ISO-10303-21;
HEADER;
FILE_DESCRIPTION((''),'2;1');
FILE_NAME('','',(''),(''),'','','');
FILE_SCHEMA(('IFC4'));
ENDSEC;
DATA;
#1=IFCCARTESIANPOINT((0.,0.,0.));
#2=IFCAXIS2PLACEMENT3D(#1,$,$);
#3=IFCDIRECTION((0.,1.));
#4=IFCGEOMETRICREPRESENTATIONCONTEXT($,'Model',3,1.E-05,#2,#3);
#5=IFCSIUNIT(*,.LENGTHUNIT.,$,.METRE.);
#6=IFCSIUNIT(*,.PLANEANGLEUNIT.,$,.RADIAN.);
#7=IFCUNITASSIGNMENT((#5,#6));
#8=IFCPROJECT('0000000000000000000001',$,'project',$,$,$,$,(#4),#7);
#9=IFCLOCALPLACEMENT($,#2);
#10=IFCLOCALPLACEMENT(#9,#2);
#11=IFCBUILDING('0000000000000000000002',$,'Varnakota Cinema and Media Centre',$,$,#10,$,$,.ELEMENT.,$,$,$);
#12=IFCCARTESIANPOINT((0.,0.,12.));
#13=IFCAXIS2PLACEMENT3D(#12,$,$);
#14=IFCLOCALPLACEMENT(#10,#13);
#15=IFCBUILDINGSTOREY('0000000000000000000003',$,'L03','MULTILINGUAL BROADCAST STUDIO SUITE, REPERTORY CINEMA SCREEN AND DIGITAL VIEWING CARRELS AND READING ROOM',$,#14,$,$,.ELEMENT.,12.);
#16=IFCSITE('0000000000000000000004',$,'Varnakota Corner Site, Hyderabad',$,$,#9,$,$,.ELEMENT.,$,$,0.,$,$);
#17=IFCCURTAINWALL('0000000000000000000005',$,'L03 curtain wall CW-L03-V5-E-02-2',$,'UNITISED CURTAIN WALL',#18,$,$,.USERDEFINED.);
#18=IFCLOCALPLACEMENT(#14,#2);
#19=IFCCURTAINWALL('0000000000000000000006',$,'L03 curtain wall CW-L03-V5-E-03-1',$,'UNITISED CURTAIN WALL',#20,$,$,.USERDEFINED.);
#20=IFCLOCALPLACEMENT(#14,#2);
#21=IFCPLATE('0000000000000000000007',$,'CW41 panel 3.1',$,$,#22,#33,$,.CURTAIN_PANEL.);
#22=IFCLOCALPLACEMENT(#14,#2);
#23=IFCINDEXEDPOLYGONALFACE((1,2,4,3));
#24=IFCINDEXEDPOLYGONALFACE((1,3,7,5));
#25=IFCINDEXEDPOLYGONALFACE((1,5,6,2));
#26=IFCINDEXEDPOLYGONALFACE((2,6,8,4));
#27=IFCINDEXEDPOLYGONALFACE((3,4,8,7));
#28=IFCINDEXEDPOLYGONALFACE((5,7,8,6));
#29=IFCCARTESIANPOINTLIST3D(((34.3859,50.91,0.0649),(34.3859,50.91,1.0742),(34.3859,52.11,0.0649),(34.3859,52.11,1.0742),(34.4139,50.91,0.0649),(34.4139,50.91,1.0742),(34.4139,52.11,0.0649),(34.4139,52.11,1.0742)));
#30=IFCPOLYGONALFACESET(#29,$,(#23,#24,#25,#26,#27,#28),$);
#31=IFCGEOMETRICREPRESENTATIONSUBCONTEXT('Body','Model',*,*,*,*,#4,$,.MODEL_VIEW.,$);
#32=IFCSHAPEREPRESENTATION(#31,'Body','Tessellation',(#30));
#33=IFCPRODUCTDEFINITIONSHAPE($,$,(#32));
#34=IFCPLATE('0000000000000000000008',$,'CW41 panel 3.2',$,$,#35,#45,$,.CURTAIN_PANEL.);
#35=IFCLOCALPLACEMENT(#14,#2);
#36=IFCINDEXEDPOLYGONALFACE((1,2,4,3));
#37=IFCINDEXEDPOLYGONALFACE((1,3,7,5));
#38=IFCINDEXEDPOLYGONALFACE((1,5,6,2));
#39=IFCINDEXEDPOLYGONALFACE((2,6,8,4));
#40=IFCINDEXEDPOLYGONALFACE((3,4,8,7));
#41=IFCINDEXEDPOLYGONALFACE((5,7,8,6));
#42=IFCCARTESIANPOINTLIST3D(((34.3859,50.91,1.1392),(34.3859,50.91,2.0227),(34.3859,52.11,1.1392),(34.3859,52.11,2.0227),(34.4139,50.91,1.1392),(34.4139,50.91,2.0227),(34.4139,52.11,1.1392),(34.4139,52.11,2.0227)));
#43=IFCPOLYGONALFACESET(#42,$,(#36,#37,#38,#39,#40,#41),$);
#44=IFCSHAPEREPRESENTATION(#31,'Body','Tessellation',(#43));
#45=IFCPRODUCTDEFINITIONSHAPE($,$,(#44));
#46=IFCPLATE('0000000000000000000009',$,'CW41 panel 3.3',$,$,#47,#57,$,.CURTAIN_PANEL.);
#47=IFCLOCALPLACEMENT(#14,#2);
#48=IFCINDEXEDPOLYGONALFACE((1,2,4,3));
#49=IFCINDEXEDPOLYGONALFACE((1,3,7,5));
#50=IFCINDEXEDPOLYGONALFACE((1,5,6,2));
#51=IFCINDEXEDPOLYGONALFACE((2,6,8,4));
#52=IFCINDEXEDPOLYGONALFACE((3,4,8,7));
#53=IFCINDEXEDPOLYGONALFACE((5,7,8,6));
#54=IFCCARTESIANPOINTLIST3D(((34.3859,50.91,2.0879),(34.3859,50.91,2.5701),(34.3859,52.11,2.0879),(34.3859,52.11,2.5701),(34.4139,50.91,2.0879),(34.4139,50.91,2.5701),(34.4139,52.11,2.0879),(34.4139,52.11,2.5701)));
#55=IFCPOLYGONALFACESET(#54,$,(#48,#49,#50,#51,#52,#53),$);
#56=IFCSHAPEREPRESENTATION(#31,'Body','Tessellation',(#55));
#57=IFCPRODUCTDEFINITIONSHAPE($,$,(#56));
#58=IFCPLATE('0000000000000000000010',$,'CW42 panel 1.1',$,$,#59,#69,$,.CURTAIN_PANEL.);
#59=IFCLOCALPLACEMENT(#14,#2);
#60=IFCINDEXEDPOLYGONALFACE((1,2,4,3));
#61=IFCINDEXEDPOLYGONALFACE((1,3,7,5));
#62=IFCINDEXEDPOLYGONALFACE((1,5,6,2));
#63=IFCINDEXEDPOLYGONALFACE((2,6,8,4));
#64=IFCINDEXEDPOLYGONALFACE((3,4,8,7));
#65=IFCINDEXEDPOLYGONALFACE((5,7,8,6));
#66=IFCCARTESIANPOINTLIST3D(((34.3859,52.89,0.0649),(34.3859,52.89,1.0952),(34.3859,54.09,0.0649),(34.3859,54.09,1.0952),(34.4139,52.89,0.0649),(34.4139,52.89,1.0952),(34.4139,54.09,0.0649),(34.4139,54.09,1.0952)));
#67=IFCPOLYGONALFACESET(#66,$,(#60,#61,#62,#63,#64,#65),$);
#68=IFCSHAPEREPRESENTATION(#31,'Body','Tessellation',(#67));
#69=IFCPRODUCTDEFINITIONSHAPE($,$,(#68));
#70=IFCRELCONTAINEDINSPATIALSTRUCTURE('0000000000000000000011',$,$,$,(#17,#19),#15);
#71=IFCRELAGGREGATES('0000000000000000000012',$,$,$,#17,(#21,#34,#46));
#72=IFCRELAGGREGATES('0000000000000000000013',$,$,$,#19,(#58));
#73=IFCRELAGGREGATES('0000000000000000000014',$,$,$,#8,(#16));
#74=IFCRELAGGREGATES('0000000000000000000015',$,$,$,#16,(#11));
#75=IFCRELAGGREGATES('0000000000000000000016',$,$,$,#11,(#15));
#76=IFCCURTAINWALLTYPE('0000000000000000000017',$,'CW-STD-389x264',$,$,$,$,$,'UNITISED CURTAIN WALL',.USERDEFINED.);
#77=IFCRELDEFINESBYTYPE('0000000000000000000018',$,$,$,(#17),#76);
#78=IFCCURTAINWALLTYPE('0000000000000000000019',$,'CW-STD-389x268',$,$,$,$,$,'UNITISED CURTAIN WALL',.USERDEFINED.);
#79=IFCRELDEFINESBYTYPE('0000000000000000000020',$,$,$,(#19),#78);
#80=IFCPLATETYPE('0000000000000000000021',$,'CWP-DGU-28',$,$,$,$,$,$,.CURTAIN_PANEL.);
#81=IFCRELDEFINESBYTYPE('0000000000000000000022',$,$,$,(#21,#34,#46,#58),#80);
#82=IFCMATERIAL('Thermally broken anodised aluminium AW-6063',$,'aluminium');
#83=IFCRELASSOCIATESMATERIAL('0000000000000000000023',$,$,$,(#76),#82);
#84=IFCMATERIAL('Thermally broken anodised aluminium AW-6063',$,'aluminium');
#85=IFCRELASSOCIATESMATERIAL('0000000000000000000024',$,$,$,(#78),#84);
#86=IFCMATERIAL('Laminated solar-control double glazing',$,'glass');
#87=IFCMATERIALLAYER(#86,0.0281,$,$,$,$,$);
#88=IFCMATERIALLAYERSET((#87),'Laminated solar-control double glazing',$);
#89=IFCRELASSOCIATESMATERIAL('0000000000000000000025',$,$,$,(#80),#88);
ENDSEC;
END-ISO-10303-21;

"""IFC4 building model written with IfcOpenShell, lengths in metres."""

from ifc_helpers import new_model, si_unit, direction, frame, origin, origin_2d, place, context, subcontext, project, spatial, rectangle, extrude, material, layer, layer_set, type_object, element, aggregate, save


model = new_model("IFC4")

# Units and contexts
model_context = context("Model", 3, precision=1e-05, world=origin(), true_north=direction((0.0, 1.0)))
body_context = subcontext(model_context, "Body", "Model", "MODEL_VIEW")
ifc_project = project(units=[si_unit("LENGTHUNIT", "METRE"), si_unit("PLANEANGLEUNIT", "RADIAN")], contexts=[model_context])

# Site, building, storey
site_placement = place(None, origin())
site = spatial("IfcSite", under=ifc_project, at=site_placement, Name="Varnakota Corner Site, Hyderabad", CompositionType="ELEMENT", RefElevation=0.0)
building_placement = place(site_placement, origin())
building = spatial("IfcBuilding", under=site, at=building_placement, Name="Varnakota Cinema and Media Centre", CompositionType="ELEMENT")
storey_placement = place(building_placement, frame((0.0, 0.0, 12.0)))
storey = spatial("IfcBuildingStorey", under=building, at=storey_placement, Name="L03", Description="MULTILINGUAL BROADCAST STUDIO SUITE, REPERTORY CINEMA SCREEN AND DIGITAL VIEWING CARRELS AND READING ROOM", CompositionType="ELEMENT", Elevation=12.0)

# Curtain wall
ifc_material_1 = material(Name="Thermally broken anodised aluminium AW-6063", Category="aluminium")
curtain_wall_type_1 = type_object("IfcCurtainWallType", Name="CW-STD-389x264", ElementType="UNITISED CURTAIN WALL", PredefinedType="USERDEFINED", material=ifc_material_1)
curtain_wall_1_placement = place(storey_placement, origin())
curtain_wall_1 = element("IfcCurtainWall", 1, at=curtain_wall_1_placement, inside=storey, type_object=curtain_wall_type_1, Name="L03 curtain wall CW-L03-V5-E-02-2", ObjectType="UNITISED CURTAIN WALL", PredefinedType="USERDEFINED")

# Curtain wall
ifc_material_2 = material(Name="Thermally broken anodised aluminium AW-6063", Category="aluminium")
curtain_wall_type_2 = type_object("IfcCurtainWallType", Name="CW-STD-389x268", ElementType="UNITISED CURTAIN WALL", PredefinedType="USERDEFINED", material=ifc_material_2)
curtain_wall_2_placement = place(storey_placement, origin())
curtain_wall_2 = element("IfcCurtainWall", 2, at=curtain_wall_2_placement, inside=storey, type_object=curtain_wall_type_2, Name="L03 curtain wall CW-L03-V5-E-03-1", ObjectType="UNITISED CURTAIN WALL", PredefinedType="USERDEFINED")

# Plates
ifc_material_3 = material(Name="Laminated solar-control double glazing", Category="glass")
ifc_layer = layer(ifc_material_3, 0.0281)
ifc_layer_set = layer_set([ifc_layer], Name="Laminated solar-control double glazing")
plate_type = type_object("IfcPlateType", Name="CWP-DGU-28", PredefinedType="CURTAIN_PANEL", material=ifc_layer_set)
plate_1_placement = place(storey_placement, frame((34.3999, 51.51, 0.0649), z_axis=(0.0, 0.0, 1.0), x_axis=(0.0, 1.0, 0.0)))
plate_1 = element("IfcPlate", 3, at=plate_1_placement, type_object=plate_type, Name="CW41 panel 3.1", PredefinedType="CURTAIN_PANEL", context=body_context, shape_type="SweptSolid", body=[
    extrude(rectangle(XDim=1.2, YDim=0.0281, at=origin_2d()), origin(), (0.0, 0.0, 1.0), 1.0093),
])
plate_2_placement = place(storey_placement, frame((34.3999, 51.51, 1.1392), z_axis=(0.0, 0.0, 1.0), x_axis=(0.0, 1.0, 0.0)))
plate_2 = element("IfcPlate", 4, at=plate_2_placement, type_object=plate_type, Name="CW41 panel 3.2", PredefinedType="CURTAIN_PANEL", context=body_context, shape_type="SweptSolid", body=[
    extrude(rectangle(XDim=1.2, YDim=0.0281, at=origin_2d()), origin(), (0.0, 0.0, 1.0), 0.8835),
])
plate_3_placement = place(storey_placement, frame((34.3999, 51.51, 2.0879), z_axis=(0.0, 0.0, 1.0), x_axis=(0.0, 1.0, 0.0)))
plate_3 = element("IfcPlate", 5, at=plate_3_placement, type_object=plate_type, Name="CW41 panel 3.3", PredefinedType="CURTAIN_PANEL", context=body_context, shape_type="SweptSolid", body=[
    extrude(rectangle(XDim=1.2, YDim=0.0281, at=origin_2d()), origin(), (0.0, 0.0, 1.0), 0.4822),
])
aggregate(curtain_wall_1, [plate_1, plate_2, plate_3])
plate_4_placement = place(storey_placement, frame((34.3999, 53.49, 0.0649), z_axis=(0.0, 0.0, 1.0), x_axis=(0.0, 1.0, 0.0)))
plate_4 = element("IfcPlate", 6, at=plate_4_placement, type_object=plate_type, Name="CW42 panel 1.1", PredefinedType="CURTAIN_PANEL", context=body_context, shape_type="SweptSolid", body=[
    extrude(rectangle(XDim=1.2, YDim=0.0281, at=origin_2d()), origin(), (0.0, 0.0, 1.0), 1.0303),
])
aggregate(curtain_wall_2, [plate_4])

save(model, "model.ifc")
